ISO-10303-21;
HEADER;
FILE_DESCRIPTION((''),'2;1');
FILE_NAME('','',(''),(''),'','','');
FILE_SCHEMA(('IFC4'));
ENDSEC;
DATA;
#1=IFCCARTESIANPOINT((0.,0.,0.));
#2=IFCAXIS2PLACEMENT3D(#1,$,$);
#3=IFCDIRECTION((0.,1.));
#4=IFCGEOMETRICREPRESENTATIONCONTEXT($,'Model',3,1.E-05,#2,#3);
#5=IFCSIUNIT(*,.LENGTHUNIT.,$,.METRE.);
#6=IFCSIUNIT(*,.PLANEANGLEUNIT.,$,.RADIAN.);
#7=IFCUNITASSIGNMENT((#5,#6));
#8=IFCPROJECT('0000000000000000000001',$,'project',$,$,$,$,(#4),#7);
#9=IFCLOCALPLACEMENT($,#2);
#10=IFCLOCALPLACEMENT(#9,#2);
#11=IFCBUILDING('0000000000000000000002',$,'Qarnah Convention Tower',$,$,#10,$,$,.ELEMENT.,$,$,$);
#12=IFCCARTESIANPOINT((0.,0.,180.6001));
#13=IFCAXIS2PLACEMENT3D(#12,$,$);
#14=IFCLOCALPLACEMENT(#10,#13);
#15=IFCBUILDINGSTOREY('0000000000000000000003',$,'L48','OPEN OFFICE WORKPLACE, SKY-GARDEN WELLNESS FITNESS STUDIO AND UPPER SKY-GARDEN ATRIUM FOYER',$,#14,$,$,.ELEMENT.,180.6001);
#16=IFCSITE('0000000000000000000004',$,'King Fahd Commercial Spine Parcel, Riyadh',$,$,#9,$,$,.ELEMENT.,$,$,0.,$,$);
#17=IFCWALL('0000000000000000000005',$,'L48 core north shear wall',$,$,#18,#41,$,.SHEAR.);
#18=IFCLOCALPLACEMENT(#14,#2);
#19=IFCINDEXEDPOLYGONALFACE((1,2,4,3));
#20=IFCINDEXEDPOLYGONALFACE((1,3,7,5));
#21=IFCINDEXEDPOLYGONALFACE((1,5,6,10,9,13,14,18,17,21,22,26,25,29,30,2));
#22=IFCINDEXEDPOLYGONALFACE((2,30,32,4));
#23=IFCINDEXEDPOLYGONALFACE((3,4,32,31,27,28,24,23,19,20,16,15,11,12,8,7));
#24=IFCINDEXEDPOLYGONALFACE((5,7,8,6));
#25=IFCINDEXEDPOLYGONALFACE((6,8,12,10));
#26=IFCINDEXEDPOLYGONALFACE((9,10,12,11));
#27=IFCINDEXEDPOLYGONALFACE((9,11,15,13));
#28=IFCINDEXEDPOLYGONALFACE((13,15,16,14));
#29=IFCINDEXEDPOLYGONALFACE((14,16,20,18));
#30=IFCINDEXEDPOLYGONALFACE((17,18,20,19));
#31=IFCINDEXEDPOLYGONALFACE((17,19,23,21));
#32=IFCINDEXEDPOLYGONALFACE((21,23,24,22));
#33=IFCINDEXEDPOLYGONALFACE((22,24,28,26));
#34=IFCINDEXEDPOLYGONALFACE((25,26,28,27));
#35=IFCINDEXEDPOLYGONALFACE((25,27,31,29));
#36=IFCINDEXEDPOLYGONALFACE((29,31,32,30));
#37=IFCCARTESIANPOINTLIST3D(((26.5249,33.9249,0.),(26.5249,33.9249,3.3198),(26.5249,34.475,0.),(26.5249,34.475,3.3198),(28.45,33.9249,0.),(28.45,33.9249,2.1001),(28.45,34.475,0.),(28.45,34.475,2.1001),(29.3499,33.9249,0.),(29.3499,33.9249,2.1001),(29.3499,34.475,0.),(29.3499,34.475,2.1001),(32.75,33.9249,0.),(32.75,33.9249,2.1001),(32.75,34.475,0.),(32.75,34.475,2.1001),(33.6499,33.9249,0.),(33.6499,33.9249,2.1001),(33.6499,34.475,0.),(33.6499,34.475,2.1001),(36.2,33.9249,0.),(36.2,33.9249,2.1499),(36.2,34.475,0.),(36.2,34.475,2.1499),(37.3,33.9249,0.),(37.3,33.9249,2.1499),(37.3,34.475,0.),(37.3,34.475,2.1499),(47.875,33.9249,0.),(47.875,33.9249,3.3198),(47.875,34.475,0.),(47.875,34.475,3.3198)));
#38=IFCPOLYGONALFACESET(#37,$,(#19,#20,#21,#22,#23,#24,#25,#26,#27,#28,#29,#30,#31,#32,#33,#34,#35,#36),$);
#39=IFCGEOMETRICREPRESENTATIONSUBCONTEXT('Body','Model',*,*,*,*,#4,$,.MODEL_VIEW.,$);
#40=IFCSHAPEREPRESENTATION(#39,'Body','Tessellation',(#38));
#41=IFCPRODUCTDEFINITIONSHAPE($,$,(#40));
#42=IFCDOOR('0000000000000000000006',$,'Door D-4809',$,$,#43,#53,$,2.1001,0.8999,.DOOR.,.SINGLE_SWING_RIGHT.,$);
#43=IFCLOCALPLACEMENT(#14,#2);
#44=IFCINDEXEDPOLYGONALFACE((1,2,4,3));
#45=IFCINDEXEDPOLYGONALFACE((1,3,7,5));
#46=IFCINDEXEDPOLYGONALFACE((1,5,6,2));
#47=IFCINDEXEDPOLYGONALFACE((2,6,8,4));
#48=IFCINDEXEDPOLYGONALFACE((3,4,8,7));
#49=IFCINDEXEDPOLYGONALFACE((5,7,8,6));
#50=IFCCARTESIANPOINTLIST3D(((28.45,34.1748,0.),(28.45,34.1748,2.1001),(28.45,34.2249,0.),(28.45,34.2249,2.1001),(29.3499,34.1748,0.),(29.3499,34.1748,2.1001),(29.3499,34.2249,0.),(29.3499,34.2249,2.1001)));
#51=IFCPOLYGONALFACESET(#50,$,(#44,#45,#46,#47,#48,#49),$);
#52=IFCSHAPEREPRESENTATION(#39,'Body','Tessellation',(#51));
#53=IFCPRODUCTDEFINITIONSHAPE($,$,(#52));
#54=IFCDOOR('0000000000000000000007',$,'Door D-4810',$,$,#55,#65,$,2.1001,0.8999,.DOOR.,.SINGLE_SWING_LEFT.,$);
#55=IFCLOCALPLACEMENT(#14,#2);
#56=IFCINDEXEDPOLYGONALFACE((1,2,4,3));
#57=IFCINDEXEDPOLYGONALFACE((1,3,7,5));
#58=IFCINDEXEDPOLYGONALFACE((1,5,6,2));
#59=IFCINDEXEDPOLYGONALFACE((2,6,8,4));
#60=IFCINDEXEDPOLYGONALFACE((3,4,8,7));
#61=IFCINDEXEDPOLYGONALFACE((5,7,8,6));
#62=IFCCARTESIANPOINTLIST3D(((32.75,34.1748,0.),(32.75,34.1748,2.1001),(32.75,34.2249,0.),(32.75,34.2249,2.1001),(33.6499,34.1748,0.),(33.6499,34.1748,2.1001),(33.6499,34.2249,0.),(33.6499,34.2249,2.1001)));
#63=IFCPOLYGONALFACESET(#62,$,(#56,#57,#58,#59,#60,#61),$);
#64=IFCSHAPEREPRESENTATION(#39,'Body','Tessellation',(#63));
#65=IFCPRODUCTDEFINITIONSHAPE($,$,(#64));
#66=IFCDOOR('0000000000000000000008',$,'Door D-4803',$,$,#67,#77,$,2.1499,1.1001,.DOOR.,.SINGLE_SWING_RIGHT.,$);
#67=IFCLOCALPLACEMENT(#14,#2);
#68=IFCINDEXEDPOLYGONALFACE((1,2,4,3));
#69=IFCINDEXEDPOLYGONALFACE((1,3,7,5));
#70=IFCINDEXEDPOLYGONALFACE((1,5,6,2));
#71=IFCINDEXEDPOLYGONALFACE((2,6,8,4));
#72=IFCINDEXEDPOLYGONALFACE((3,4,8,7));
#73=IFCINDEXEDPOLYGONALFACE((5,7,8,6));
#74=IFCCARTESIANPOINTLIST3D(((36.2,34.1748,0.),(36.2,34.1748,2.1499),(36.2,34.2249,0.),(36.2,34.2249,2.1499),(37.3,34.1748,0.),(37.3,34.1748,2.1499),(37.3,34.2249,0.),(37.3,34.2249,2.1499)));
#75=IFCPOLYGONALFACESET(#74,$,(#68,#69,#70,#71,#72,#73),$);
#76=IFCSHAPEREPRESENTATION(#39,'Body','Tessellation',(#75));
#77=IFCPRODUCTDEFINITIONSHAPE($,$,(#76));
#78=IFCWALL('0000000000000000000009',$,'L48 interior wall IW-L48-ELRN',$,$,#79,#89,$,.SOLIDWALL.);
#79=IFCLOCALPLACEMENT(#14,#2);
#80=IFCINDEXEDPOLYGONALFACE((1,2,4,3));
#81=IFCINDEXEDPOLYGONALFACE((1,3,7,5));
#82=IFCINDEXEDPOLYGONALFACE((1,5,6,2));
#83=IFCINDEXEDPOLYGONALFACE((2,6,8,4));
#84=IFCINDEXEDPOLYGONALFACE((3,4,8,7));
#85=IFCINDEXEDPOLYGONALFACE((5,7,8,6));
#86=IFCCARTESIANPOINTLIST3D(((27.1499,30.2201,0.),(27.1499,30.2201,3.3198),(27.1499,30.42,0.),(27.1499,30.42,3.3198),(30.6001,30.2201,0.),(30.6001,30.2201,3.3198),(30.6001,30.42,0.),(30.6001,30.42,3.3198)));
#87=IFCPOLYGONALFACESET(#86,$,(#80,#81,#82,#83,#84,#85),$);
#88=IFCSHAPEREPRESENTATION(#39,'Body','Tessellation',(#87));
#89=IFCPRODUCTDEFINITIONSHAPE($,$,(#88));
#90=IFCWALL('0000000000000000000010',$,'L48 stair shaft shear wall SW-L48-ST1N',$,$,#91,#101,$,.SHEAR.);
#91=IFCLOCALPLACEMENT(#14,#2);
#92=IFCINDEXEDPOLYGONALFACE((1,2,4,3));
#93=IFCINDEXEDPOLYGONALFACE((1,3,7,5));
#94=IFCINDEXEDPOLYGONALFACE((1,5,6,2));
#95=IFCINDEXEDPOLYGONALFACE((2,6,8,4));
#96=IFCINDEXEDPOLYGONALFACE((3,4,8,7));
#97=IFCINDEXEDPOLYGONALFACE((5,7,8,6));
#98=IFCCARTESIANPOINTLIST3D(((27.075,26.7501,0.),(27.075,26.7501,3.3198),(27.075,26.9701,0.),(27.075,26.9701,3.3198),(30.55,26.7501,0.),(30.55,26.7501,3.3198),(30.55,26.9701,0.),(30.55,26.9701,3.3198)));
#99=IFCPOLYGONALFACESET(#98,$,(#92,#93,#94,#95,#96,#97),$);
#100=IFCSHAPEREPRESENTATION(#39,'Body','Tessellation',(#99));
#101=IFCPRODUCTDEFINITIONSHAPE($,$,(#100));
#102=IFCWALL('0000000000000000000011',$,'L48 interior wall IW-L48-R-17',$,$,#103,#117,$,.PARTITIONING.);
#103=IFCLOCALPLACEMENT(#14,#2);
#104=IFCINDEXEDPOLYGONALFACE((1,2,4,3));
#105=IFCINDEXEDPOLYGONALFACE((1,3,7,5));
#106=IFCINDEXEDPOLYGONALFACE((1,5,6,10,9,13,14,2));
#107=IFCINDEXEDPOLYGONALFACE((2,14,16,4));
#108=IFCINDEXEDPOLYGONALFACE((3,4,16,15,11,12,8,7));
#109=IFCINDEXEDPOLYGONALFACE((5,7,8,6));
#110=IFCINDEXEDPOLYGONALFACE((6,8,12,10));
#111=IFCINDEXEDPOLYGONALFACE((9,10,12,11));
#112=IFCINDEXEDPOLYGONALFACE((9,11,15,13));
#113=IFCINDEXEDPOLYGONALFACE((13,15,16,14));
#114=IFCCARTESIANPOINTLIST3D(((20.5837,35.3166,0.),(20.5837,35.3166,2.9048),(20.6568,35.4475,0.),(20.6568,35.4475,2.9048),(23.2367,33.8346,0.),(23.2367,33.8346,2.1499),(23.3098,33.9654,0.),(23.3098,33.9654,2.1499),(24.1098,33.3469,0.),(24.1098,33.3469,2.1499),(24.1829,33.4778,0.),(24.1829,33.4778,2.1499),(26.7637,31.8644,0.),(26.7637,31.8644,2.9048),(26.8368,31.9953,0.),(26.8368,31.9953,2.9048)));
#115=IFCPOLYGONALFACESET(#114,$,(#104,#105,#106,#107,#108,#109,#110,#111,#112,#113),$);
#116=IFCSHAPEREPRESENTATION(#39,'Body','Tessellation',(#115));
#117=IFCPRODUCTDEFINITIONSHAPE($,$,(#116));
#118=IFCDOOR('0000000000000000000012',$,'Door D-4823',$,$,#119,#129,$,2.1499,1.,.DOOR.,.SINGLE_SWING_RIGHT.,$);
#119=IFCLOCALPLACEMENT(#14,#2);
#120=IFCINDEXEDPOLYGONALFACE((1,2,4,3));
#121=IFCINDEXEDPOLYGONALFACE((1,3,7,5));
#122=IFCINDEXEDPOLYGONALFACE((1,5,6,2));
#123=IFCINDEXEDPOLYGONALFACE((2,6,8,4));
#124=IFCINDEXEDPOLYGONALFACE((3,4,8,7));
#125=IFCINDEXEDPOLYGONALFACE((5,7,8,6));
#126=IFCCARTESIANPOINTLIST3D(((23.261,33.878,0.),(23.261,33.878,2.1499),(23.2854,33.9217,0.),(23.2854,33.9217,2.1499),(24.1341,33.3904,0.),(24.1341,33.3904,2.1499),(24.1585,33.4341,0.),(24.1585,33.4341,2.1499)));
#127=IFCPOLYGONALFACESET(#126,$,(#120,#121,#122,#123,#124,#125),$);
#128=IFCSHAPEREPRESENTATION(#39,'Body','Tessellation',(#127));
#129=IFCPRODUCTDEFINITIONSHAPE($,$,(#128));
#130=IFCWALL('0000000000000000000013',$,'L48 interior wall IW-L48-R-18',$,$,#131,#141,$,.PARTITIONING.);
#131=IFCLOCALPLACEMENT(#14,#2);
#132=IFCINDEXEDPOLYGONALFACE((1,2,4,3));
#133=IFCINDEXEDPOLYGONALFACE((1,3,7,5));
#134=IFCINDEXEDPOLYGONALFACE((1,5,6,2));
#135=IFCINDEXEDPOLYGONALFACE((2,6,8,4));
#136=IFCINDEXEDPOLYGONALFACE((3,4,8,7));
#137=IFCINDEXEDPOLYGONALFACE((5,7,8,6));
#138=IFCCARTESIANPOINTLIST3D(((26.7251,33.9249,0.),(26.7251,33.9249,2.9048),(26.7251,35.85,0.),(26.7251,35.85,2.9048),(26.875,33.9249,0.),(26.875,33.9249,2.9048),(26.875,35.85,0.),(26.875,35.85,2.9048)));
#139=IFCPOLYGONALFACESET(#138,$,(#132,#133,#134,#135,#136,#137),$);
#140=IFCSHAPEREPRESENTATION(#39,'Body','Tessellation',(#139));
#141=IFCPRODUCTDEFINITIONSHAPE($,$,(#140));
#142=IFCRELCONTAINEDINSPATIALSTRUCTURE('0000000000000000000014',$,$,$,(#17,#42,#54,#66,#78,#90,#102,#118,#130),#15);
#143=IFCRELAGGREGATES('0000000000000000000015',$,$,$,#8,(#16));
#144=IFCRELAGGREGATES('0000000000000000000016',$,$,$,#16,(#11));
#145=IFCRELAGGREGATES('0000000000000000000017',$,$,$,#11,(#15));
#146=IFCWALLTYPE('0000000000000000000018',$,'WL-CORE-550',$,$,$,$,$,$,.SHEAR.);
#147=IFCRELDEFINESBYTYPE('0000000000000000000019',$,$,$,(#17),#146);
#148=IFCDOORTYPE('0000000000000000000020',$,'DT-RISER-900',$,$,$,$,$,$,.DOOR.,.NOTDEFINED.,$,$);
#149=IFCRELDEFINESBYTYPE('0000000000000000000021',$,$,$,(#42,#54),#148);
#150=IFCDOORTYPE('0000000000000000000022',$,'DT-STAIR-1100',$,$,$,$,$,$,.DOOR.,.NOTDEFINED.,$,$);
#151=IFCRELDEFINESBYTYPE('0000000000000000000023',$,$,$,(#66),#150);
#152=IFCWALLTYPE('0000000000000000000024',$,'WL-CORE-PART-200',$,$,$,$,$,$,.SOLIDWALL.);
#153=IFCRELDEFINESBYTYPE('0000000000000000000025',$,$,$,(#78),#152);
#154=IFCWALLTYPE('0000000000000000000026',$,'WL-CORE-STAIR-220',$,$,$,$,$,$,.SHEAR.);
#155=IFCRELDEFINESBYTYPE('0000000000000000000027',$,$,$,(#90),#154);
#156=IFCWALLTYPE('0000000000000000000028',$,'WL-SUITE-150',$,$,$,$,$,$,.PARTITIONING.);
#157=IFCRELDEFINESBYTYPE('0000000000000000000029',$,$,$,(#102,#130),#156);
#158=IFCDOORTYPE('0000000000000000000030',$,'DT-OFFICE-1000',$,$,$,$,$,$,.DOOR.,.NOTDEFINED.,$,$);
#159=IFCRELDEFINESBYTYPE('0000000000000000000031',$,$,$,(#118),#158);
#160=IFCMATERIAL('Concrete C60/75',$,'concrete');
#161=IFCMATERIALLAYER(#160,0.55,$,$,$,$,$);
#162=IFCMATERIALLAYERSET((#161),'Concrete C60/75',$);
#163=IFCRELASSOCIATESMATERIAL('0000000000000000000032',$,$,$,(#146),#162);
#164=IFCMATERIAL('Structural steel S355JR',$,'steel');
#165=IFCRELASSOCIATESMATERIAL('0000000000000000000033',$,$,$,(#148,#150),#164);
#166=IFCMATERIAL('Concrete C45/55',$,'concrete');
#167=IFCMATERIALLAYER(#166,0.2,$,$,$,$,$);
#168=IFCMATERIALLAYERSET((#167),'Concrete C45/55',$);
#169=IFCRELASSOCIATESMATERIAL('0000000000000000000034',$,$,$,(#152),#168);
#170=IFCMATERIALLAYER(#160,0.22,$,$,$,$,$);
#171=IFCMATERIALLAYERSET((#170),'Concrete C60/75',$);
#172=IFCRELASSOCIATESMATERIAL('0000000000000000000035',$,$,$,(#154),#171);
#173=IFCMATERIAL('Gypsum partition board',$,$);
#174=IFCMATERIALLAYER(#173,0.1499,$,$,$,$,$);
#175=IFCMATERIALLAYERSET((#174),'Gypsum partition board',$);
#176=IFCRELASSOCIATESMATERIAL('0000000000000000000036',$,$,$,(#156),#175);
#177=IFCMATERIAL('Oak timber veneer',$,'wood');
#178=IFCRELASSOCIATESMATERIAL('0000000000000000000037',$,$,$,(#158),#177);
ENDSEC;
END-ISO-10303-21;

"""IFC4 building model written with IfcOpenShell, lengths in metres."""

from ifc_helpers import new_model, si_unit, direction, frame, frame_2d, origin, place, context, subcontext, project, spatial, rectangle, extrude, material, layer, layer_set, type_object, element, fill, save


model = new_model("IFC4")

# Units and contexts
model_context = context("Model", 3, precision=1e-05, world=origin(), true_north=direction((0.0, 1.0)))
body_context = subcontext(model_context, "Body", "Model", "MODEL_VIEW")
ifc_project = project(units=[si_unit("LENGTHUNIT", "METRE"), si_unit("PLANEANGLEUNIT", "RADIAN")], contexts=[model_context])

# Site, building, storey
site_placement = place(None, origin())
site = spatial("IfcSite", under=ifc_project, at=site_placement, Name="King Fahd Commercial Spine Parcel, Riyadh", CompositionType="ELEMENT", RefElevation=0.0)
building_placement = place(site_placement, origin())
building = spatial("IfcBuilding", under=site, at=building_placement, Name="Qarnah Convention Tower", CompositionType="ELEMENT")
storey_placement = place(building_placement, frame((0.0, 0.0, 180.6001)))
storey = spatial("IfcBuildingStorey", under=building, at=storey_placement, Name="L48", Description="OPEN OFFICE WORKPLACE, SKY-GARDEN WELLNESS FITNESS STUDIO AND UPPER SKY-GARDEN ATRIUM FOYER", CompositionType="ELEMENT", Elevation=180.6001)

# Shared definitions
ifc_material_1 = material(Name="Structural steel S355JR", Category="steel")

# Wall, openings, doors
ifc_material_2 = material(Name="Concrete C60/75", Category="concrete")
ifc_layer_1 = layer(ifc_material_2, 0.55)
ifc_layer_set_1 = layer_set([ifc_layer_1], Name="Concrete C60/75")
wall_type_1 = type_object("IfcWallType", Name="WL-CORE-550", PredefinedType="SHEAR", material=ifc_layer_set_1)
wall_1_placement = place(storey_placement, frame((26.5249, 34.2, 0.0), z_axis=(0.0, 0.0, 1.0), x_axis=(1.0, 0.0, 0.0)))
wall_1 = element("IfcWall", 1, at=wall_1_placement, inside=storey, type_object=wall_type_1, Name="L48 core north shear wall", PredefinedType="SHEAR", context=body_context, shape_type="SweptSolid", body=[
    extrude(rectangle(XDim=21.3501, YDim=0.55, at=frame_2d((10.675, 0.0))), origin(), (0.0, 0.0, 1.0), 3.3198),
])
opening_1_placement = place(wall_1_placement, frame((9.675, 0.0, 0.0)))
opening_1 = element("IfcOpeningElement", 2, at=opening_1_placement, cuts=wall_1, PredefinedType="OPENING", context=body_context, shape_type="SweptSolid", body=[
    extrude(rectangle(XDim=1.1001, YDim=2.1499, at=frame_2d((0.55, 1.075))), frame((0.0, 0.2849, 0.0), z_axis=(0.0, -1.0, 0.0), x_axis=(1.0, 0.0, 0.0)), (0.0, 0.0, 1.0), 0.5701),
])
opening_2_placement = place(wall_1_placement, frame((1.925, 0.0, 0.0)))
opening_2 = element("IfcOpeningElement", 3, at=opening_2_placement, cuts=wall_1, PredefinedType="OPENING", context=body_context, shape_type="SweptSolid", body=[
    extrude(rectangle(XDim=0.8999, YDim=2.1001, at=frame_2d((0.45, 1.05))), frame((0.0, 0.2849, 0.0), z_axis=(0.0, -1.0, 0.0), x_axis=(1.0, 0.0, 0.0)), (0.0, 0.0, 1.0), 0.5701),
])
opening_3_placement = place(wall_1_placement, frame((6.2251, 0.0, 0.0)))
opening_3 = element("IfcOpeningElement", 4, at=opening_3_placement, cuts=wall_1, PredefinedType="OPENING", context=body_context, shape_type="SweptSolid", body=[
    extrude(rectangle(XDim=0.8999, YDim=2.1001, at=frame_2d((0.45, 1.05))), frame((0.0, 0.2849, 0.0), z_axis=(0.0, -1.0, 0.0), x_axis=(1.0, 0.0, 0.0)), (0.0, 0.0, 1.0), 0.5701),
])
door_type_1 = type_object("IfcDoorType", Name="DT-RISER-900", OperationType="NOTDEFINED", PredefinedType="DOOR", material=ifc_material_1)
door_1_placement = place(opening_2_placement, origin())
door_1 = element("IfcDoor", 5, at=door_1_placement, inside=storey, type_object=door_type_1, Name="Door D-4809", OperationType="SINGLE_SWING_RIGHT", OverallHeight=2.1001, OverallWidth=0.8999, PredefinedType="DOOR", context=body_context, shape_type="SweptSolid", body=[
    extrude(rectangle(XDim=0.8999, YDim=2.1001, at=frame_2d((0.45, 1.05))), frame((0.0, 0.0249, 0.0), z_axis=(0.0, -1.0, 0.0), x_axis=(1.0, 0.0, 0.0)), (0.0, 0.0, 1.0), 0.05),
])
fill(opening_2, door_1)
door_2_placement = place(opening_3_placement, origin())
door_2 = element("IfcDoor", 6, at=door_2_placement, inside=storey, type_object=door_type_1, Name="Door D-4810", OperationType="SINGLE_SWING_LEFT", OverallHeight=2.1001, OverallWidth=0.8999, PredefinedType="DOOR", context=body_context, shape_type="SweptSolid", body=[
    extrude(rectangle(XDim=0.8999, YDim=2.1001, at=frame_2d((0.45, 1.05))), frame((0.0, 0.0249, 0.0), z_axis=(0.0, -1.0, 0.0), x_axis=(1.0, 0.0, 0.0)), (0.0, 0.0, 1.0), 0.05),
])
fill(opening_3, door_2)
door_type_2 = type_object("IfcDoorType", Name="DT-STAIR-1100", OperationType="NOTDEFINED", PredefinedType="DOOR", material=ifc_material_1)
door_3_placement = place(opening_1_placement, origin())
door_3 = element("IfcDoor", 7, at=door_3_placement, inside=storey, type_object=door_type_2, Name="Door D-4803", OperationType="SINGLE_SWING_RIGHT", OverallHeight=2.1499, OverallWidth=1.1001, PredefinedType="DOOR", context=body_context, shape_type="SweptSolid", body=[
    extrude(rectangle(XDim=1.1001, YDim=2.1499, at=frame_2d((0.55, 1.075))), frame((0.0, 0.0249, 0.0), z_axis=(0.0, -1.0, 0.0), x_axis=(1.0, 0.0, 0.0)), (0.0, 0.0, 1.0), 0.05),
])
fill(opening_1, door_3)

# Walls
ifc_material_3 = material(Name="Concrete C45/55", Category="concrete")
ifc_layer_2 = layer(ifc_material_3, 0.2)
ifc_layer_set_2 = layer_set([ifc_layer_2], Name="Concrete C45/55")
wall_type_2 = type_object("IfcWallType", Name="WL-CORE-PART-200", PredefinedType="SOLIDWALL", material=ifc_layer_set_2)
wall_2_placement = place(storey_placement, frame((27.1499, 30.3201, 0.0), z_axis=(0.0, 0.0, 1.0), x_axis=(1.0, 0.0, 0.0)))
element("IfcWall", 8, at=wall_2_placement, inside=storey, type_object=wall_type_2, Name="L48 interior wall IW-L48-ELRN", PredefinedType="SOLIDWALL", context=body_context, shape_type="SweptSolid", body=[
    extrude(rectangle(XDim=3.4502, YDim=0.2, at=frame_2d((1.7251, 0.0))), origin(), (0.0, 0.0, 1.0), 3.3198),
])
ifc_layer_3 = layer(ifc_material_2, 0.22)
ifc_layer_set_3 = layer_set([ifc_layer_3], Name="Concrete C60/75")
wall_type_3 = type_object("IfcWallType", Name="WL-CORE-STAIR-220", PredefinedType="SHEAR", material=ifc_layer_set_3)
wall_3_placement = place(storey_placement, frame((27.075, 26.8601, 0.0), z_axis=(0.0, 0.0, 1.0), x_axis=(1.0, 0.0, 0.0)))
element("IfcWall", 9, at=wall_3_placement, inside=storey, type_object=wall_type_3, Name="L48 stair shaft shear wall SW-L48-ST1N", PredefinedType="SHEAR", context=body_context, shape_type="SweptSolid", body=[
    extrude(rectangle(XDim=3.4751, YDim=0.22, at=frame_2d((1.7375, 0.0))), origin(), (0.0, 0.0, 1.0), 3.3198),
])

# Wall, opening, door
ifc_material_4 = material(Name="Gypsum partition board")
ifc_layer_4 = layer(ifc_material_4, 0.1499)
ifc_layer_set_4 = layer_set([ifc_layer_4], Name="Gypsum partition board")
wall_type_4 = type_object("IfcWallType", Name="WL-SUITE-150", PredefinedType="PARTITIONING", material=ifc_layer_set_4)
wall_4_placement = place(storey_placement, frame((20.6201, 35.3821, 0.0), z_axis=(0.0, 0.0, 1.0), x_axis=(0.873024, -0.487677, 0.0)))
wall_4 = element("IfcWall", 10, at=wall_4_placement, inside=storey, type_object=wall_type_4, Name="L48 interior wall IW-L48-R-17", PredefinedType="PARTITIONING", context=body_context, shape_type="SweptSolid", body=[
    extrude(rectangle(XDim=7.0789, YDim=0.1499, at=frame_2d((3.5396, 0.0))), origin(), (0.0, 0.0, 1.0), 2.9048),
])
opening_4_placement = place(wall_4_placement, frame((3.0391, 0.0, 0.0)))
opening_4 = element("IfcOpeningElement", 11, at=opening_4_placement, cuts=wall_4, PredefinedType="OPENING", context=body_context, shape_type="SweptSolid", body=[
    extrude(rectangle(XDim=1.0, YDim=2.1499, at=frame_2d((0.5, 1.075))), frame((0.0, 0.085, 0.0), z_axis=(0.0, -1.0, 0.0), x_axis=(1.0, 0.0, 0.0)), (0.0, 0.0, 1.0), 0.1699),
])
ifc_material_5 = material(Name="Oak timber veneer", Category="wood")
door_type_3 = type_object("IfcDoorType", Name="DT-OFFICE-1000", OperationType="NOTDEFINED", PredefinedType="DOOR", material=ifc_material_5)
door_4_placement = place(opening_4_placement, origin())
door_4 = element("IfcDoor", 12, at=door_4_placement, inside=storey, type_object=door_type_3, Name="Door D-4823", OperationType="SINGLE_SWING_RIGHT", OverallHeight=2.1499, OverallWidth=1.0, PredefinedType="DOOR", context=body_context, shape_type="SweptSolid", body=[
    extrude(rectangle(XDim=1.0, YDim=2.1499, at=frame_2d((0.5, 1.075))), frame((0.0, 0.0249, 0.0), z_axis=(0.0, -1.0, 0.0), x_axis=(1.0, 0.0, 0.0)), (0.0, 0.0, 1.0), 0.05),
])
fill(opening_4, door_4)

# Wall
wall_5_placement = place(storey_placement, frame((26.8, 33.925, 0.0), z_axis=(0.0, 0.0, 1.0), x_axis=(0.0, 1.0, 0.0)))
element("IfcWall", 13, at=wall_5_placement, inside=storey, type_object=wall_type_4, Name="L48 interior wall IW-L48-R-18", PredefinedType="PARTITIONING", context=body_context, shape_type="SweptSolid", body=[
    extrude(rectangle(XDim=1.925, YDim=0.1499, at=frame_2d((0.9624, 0.0))), origin(), (0.0, 0.0, 1.0), 2.9048),
])

save(model, "model.ifc")
